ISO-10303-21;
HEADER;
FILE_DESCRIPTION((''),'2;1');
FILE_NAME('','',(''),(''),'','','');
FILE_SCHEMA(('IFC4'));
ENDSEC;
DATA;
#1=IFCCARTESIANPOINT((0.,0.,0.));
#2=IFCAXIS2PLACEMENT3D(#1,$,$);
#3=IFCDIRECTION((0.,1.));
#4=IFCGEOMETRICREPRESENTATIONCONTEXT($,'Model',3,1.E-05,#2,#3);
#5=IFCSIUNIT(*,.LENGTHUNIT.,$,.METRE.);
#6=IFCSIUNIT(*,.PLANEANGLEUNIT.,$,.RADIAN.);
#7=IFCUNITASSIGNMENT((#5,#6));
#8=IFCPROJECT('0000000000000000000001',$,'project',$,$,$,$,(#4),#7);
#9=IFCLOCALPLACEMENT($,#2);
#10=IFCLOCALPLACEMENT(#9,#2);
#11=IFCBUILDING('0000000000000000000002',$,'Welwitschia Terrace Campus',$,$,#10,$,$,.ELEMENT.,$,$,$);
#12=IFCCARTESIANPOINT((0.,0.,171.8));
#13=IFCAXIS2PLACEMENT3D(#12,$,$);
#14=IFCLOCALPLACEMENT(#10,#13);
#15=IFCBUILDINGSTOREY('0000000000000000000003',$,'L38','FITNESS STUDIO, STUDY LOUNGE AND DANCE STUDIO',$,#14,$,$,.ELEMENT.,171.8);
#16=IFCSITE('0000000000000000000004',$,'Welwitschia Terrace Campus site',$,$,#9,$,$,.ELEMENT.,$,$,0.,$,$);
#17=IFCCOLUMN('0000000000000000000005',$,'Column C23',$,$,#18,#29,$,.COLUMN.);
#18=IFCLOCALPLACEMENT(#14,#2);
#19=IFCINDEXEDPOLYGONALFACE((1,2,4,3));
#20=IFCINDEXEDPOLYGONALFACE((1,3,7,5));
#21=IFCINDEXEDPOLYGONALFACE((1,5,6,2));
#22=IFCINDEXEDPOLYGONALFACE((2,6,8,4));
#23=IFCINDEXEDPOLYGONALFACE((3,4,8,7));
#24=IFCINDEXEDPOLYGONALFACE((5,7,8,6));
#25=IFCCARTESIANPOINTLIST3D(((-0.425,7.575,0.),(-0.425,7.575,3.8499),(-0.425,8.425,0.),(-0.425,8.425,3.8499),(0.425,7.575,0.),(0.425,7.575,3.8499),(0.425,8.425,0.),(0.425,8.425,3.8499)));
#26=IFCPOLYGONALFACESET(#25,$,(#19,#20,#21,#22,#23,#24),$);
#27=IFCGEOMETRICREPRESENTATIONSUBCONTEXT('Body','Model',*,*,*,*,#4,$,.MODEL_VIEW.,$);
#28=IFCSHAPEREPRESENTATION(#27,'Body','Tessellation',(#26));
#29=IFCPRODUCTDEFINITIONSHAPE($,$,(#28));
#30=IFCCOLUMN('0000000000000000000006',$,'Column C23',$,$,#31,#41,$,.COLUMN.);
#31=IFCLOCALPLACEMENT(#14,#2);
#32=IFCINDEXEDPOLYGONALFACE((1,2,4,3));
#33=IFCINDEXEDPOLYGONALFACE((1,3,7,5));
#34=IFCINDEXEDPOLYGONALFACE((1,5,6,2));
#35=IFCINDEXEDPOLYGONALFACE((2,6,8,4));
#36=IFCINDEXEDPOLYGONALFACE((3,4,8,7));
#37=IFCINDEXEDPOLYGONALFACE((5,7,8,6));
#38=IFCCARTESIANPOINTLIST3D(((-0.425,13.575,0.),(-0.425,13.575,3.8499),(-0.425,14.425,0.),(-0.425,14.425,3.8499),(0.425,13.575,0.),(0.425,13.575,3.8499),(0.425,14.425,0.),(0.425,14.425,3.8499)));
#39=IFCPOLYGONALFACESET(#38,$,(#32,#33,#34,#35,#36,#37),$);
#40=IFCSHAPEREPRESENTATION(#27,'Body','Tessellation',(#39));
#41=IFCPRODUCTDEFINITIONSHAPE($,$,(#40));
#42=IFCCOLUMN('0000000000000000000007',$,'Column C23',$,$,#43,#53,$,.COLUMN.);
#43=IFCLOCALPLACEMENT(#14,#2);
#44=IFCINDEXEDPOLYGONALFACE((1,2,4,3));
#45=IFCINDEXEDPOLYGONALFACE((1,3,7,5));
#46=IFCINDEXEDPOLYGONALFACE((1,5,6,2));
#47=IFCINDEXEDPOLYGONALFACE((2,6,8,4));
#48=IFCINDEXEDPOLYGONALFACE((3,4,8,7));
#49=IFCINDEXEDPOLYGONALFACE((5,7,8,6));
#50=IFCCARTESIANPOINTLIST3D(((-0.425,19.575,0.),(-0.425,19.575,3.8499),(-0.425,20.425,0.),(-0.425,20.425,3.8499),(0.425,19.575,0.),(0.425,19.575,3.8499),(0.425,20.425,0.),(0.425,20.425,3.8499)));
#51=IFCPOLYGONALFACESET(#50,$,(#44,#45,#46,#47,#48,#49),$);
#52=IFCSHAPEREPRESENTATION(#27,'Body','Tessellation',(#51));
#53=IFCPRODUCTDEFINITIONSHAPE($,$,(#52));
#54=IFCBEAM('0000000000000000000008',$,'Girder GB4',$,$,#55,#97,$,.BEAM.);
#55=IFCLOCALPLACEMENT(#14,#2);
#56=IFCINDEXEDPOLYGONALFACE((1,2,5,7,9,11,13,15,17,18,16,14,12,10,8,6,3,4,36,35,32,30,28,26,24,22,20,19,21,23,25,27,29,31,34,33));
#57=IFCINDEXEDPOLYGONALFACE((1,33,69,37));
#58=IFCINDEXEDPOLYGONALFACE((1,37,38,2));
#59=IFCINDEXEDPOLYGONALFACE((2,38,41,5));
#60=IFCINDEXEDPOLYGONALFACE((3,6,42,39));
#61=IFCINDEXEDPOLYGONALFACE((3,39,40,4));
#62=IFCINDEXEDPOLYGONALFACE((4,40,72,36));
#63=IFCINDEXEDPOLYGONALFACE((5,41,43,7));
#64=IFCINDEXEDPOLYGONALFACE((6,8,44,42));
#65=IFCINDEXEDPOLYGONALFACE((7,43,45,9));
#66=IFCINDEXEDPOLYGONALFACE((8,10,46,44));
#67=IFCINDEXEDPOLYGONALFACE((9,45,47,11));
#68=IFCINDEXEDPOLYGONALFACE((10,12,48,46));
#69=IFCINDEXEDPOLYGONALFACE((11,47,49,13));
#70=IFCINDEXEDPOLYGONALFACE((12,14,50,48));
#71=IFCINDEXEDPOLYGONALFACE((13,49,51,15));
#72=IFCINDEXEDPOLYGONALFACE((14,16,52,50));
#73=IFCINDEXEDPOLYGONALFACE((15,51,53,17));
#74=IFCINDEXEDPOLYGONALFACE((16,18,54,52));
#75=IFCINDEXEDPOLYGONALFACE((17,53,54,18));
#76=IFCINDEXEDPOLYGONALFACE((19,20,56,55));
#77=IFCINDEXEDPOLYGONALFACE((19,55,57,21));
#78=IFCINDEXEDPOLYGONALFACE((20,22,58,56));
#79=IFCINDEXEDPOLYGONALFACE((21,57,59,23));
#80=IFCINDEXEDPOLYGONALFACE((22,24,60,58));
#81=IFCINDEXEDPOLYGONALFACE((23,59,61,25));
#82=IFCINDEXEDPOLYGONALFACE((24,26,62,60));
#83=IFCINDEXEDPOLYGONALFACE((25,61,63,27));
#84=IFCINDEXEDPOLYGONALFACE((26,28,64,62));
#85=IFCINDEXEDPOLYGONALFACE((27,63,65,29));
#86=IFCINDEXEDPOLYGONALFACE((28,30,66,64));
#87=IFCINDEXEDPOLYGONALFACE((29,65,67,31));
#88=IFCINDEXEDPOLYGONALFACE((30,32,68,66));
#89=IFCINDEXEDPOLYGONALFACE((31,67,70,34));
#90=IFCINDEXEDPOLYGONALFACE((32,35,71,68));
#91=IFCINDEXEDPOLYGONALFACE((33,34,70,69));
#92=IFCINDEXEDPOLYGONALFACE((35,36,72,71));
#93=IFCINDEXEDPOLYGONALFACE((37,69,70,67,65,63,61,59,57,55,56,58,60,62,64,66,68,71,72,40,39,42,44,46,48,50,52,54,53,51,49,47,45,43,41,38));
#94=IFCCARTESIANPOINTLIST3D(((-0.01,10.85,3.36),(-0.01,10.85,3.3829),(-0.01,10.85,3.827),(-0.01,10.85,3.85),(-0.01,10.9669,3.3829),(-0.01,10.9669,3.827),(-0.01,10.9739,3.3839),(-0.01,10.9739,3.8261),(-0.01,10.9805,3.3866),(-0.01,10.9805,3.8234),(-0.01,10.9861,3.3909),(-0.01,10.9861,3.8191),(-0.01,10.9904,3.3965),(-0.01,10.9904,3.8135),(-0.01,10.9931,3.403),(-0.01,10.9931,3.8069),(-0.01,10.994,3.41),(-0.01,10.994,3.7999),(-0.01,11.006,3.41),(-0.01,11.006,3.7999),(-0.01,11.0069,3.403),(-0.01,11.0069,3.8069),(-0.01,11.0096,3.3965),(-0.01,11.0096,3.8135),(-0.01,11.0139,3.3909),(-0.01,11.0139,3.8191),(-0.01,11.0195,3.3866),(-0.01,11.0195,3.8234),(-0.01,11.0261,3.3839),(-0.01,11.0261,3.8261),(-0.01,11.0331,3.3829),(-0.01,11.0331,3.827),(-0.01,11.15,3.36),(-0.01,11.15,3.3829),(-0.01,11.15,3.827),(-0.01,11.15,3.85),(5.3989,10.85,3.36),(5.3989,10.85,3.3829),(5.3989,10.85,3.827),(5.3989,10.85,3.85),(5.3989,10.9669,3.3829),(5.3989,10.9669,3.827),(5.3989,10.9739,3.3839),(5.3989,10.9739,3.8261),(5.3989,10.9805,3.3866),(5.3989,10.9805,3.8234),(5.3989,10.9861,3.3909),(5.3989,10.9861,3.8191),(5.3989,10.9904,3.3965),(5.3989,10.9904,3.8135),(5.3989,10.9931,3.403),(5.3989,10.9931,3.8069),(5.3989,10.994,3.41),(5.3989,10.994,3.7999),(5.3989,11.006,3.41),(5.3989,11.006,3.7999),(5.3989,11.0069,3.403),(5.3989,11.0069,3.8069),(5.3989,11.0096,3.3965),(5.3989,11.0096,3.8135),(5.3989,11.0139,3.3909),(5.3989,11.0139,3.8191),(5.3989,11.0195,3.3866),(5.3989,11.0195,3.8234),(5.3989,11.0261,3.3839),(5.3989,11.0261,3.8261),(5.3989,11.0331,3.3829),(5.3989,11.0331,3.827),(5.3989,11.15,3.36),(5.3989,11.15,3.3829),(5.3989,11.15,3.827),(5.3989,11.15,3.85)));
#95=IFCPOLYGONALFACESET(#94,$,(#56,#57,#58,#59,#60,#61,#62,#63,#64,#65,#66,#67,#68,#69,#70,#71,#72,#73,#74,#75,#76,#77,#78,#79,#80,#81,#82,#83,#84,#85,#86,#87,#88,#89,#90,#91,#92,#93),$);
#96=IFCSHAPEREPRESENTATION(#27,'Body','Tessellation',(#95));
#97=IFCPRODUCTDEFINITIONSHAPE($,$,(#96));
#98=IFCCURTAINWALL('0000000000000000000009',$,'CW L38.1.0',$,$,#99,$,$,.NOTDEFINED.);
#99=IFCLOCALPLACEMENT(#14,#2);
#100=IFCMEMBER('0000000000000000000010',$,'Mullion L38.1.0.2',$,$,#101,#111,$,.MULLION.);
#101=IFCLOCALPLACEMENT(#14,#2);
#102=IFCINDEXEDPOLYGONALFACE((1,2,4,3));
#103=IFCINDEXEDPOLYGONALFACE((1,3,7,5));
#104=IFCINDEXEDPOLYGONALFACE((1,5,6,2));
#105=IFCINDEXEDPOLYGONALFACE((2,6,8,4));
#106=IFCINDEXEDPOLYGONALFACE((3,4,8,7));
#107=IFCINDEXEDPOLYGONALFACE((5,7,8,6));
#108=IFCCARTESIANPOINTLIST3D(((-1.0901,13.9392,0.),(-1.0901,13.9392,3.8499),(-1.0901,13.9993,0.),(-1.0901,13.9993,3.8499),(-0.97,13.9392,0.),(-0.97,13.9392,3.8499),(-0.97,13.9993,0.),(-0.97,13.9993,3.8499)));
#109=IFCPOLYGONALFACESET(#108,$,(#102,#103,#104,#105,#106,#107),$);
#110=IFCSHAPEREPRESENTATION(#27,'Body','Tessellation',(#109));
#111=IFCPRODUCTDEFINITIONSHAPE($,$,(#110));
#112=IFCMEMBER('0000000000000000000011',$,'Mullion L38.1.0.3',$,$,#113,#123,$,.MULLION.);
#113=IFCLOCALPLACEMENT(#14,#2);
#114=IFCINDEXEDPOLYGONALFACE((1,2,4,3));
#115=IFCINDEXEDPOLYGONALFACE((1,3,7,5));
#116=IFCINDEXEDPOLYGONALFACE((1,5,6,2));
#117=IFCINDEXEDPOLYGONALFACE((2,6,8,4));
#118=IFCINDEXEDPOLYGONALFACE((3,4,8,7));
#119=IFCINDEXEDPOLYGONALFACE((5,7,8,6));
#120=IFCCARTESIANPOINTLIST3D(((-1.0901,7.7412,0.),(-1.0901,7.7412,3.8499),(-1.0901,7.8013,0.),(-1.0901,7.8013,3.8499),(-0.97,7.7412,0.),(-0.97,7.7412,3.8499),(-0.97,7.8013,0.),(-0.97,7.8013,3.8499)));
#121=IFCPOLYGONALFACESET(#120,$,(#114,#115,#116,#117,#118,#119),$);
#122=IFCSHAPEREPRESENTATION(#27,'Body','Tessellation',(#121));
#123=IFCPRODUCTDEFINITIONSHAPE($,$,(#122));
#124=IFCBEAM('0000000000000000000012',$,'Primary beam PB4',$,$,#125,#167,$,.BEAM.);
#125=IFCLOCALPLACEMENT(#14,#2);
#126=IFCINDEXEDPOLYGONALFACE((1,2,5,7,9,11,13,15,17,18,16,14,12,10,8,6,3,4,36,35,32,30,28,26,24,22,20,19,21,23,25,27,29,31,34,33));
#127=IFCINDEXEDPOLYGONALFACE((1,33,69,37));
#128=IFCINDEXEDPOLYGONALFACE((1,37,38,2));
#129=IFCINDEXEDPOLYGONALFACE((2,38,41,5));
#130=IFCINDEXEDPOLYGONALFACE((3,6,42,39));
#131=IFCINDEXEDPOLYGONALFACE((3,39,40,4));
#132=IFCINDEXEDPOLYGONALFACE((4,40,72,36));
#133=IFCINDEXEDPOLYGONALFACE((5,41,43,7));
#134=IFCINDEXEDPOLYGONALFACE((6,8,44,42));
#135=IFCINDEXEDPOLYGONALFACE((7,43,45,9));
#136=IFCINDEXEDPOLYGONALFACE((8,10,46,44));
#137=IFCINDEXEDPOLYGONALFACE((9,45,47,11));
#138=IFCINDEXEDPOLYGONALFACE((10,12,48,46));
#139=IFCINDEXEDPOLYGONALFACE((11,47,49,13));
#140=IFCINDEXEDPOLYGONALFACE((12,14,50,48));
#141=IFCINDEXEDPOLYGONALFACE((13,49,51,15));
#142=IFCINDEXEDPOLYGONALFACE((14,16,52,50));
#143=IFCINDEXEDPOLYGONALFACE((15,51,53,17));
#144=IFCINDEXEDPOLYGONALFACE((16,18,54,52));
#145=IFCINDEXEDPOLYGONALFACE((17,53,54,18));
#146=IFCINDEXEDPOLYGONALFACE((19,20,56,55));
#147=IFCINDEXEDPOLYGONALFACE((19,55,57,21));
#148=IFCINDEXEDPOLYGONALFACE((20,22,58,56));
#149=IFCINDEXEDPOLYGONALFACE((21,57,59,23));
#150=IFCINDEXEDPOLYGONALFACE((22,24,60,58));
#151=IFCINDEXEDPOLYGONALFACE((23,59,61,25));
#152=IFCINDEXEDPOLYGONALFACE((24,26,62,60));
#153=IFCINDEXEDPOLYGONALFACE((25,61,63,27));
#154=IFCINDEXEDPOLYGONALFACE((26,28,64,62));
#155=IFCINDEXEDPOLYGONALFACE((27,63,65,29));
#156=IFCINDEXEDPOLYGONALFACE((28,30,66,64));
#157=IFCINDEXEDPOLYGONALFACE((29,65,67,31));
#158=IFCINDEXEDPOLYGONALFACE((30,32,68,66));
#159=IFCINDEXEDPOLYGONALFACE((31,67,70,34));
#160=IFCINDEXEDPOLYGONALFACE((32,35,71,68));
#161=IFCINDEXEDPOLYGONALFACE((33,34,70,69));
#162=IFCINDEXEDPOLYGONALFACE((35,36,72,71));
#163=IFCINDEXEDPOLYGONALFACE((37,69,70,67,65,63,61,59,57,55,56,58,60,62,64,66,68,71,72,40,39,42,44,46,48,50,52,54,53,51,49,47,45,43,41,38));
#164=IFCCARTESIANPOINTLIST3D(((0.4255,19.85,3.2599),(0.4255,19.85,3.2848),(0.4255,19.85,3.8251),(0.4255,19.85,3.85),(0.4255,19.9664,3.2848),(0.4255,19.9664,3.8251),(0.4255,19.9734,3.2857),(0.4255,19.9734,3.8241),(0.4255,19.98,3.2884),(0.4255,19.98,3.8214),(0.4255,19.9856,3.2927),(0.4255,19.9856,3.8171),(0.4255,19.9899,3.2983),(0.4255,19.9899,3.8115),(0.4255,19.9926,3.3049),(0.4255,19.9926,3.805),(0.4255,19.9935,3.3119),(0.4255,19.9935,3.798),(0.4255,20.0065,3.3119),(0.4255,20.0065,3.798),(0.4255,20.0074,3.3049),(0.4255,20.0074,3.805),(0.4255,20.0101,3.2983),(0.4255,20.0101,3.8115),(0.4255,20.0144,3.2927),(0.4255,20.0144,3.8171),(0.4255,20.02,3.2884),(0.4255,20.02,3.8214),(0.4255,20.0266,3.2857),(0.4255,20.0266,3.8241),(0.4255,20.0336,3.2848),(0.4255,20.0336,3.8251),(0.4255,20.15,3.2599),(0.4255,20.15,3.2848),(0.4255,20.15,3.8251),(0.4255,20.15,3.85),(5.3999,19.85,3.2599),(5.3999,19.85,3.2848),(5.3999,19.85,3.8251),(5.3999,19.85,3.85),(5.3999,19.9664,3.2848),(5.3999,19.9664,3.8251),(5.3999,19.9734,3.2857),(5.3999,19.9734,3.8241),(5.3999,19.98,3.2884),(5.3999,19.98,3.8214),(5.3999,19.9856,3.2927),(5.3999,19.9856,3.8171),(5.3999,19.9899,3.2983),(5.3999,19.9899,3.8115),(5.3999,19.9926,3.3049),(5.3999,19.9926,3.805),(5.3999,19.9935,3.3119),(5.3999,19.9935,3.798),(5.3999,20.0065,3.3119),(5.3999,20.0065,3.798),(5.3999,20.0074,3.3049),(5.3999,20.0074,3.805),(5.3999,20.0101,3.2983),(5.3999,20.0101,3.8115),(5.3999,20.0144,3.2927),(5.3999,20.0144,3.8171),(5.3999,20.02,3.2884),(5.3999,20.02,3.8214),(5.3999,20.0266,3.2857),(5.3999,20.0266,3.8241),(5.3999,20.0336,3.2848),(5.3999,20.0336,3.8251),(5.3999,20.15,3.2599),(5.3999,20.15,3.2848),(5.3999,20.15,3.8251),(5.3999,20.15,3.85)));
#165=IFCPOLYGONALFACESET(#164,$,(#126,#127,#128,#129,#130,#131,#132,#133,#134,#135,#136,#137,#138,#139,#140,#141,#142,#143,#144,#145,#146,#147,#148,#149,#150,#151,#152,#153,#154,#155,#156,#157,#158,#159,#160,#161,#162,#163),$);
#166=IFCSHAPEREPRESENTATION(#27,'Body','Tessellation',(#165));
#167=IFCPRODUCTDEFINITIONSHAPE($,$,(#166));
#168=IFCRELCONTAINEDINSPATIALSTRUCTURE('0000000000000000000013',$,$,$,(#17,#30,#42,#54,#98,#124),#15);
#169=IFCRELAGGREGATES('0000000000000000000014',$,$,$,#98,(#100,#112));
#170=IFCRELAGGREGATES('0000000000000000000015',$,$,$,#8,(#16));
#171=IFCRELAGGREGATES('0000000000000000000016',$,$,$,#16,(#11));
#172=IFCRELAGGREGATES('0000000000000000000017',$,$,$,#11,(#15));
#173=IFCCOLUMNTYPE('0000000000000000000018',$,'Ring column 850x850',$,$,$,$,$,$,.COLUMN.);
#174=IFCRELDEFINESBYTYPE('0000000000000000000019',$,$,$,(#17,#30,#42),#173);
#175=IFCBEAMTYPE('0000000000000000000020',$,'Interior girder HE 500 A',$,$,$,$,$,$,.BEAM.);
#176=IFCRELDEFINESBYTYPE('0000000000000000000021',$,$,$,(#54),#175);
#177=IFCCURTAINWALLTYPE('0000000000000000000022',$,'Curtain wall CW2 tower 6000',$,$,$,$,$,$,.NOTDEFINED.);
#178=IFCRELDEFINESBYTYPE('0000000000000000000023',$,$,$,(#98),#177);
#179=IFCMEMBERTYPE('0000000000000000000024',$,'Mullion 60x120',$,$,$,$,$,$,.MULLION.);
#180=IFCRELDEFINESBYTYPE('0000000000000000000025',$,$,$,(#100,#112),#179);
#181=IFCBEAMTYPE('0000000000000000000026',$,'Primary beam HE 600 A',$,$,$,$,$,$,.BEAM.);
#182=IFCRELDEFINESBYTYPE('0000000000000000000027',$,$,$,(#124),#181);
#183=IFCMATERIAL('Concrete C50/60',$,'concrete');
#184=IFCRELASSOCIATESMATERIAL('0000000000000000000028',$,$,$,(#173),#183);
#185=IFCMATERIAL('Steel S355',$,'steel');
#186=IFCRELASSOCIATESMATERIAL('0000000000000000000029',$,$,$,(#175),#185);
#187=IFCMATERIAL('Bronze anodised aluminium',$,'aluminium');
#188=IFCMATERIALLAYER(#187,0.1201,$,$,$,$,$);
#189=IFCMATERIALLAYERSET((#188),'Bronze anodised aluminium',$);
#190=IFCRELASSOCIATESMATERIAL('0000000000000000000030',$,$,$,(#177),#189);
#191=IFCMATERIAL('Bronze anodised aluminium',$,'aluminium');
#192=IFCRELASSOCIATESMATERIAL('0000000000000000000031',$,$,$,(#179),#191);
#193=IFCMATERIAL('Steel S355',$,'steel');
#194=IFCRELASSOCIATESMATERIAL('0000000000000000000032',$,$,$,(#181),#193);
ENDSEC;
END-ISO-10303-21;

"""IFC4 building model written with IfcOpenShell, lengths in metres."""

from ifc_helpers import new_model, si_unit, direction, frame, origin, origin_2d, place, context, subcontext, project, spatial, rectangle, i_section, extrude, material, layer, layer_set, material_profile, profile_set, type_object, element, aggregate, save


model = new_model("IFC4")

# Units and contexts
model_context = context("Model", 3, precision=1e-05, world=origin(), true_north=direction((0.0, 1.0)))
body_context = subcontext(model_context, "Body", "Model", "MODEL_VIEW")
ifc_project = project(units=[si_unit("LENGTHUNIT", "METRE"), si_unit("PLANEANGLEUNIT", "RADIAN")], contexts=[model_context])

# Site, building, storey
site_placement = place(None, origin())
site = spatial("IfcSite", under=ifc_project, at=site_placement, Name="Welwitschia Terrace Campus site", CompositionType="ELEMENT", RefElevation=0.0)
building_placement = place(site_placement, origin())
building = spatial("IfcBuilding", under=site, at=building_placement, Name="Welwitschia Terrace Campus", CompositionType="ELEMENT")
storey_placement = place(building_placement, frame((0.0, 0.0, 171.8)))
storey = spatial("IfcBuildingStorey", under=building, at=storey_placement, Name="L38", Description="FITNESS STUDIO, STUDY LOUNGE AND DANCE STUDIO", CompositionType="ELEMENT", Elevation=171.8)

# Columns
ifc_material_1 = material(Name="Concrete C50/60", Category="concrete")
ifc_material_profile_1 = material_profile(ifc_material_1, rectangle(XDim=0.8501, YDim=0.8501, at=origin_2d()))
ifc_profile_set_1 = profile_set([ifc_material_profile_1], Name="Concrete C50/60")
column_type = type_object("IfcColumnType", Name="Ring column 850x850", PredefinedType="COLUMN", material=ifc_profile_set_1)
for number, where, z_axis, x_axis, name in (
    (1, (0.0, 8.0, 0.0), (0.0, 0.0, 1.0), (1.0, 0.0, 0.0), "Column C23"),
    (2, (0.0, 14.0, 0.0), (0.0, 0.0, 1.0), (1.0, 0.0, 0.0), "Column C23"),
    (3, (0.0, 20.0, 0.0), (0.0, 0.0, 1.0), (1.0, 0.0, 0.0), "Column C23"),
):
    element("IfcColumn", number, at=place(storey_placement, frame(where, z_axis=z_axis, x_axis=x_axis)), inside=storey, type_object=column_type, Name=name, PredefinedType="COLUMN", context=body_context, shape_type="SweptSolid", body=[
        extrude(rectangle(XDim=0.8501, YDim=0.8501, at=origin_2d()), origin(), (0.0, 0.0, 1.0), 3.8499),
    ])

# Beam
ifc_material_2 = material(Name="Steel S355", Category="steel")
ifc_material_profile_2 = material_profile(ifc_material_2, i_section(OverallWidth=0.3, OverallDepth=0.49, WebThickness=0.012, FlangeThickness=0.0229, FilletRadius=0.0271, at=origin_2d()))
ifc_profile_set_2 = profile_set([ifc_material_profile_2], Name="Steel S355")
beam_type_1 = type_object("IfcBeamType", Name="Interior girder HE 500 A", PredefinedType="BEAM", material=ifc_profile_set_2)
beam_1_placement = place(storey_placement, frame((-0.01, 11.0, 3.605), z_axis=(1.0, 0.0, 0.0), x_axis=(0.0, 1.0, 0.0)))
element("IfcBeam", 4, at=beam_1_placement, inside=storey, type_object=beam_type_1, Name="Girder GB4", PredefinedType="BEAM", context=body_context, shape_type="SweptSolid", body=[
    extrude(i_section(OverallWidth=0.3, OverallDepth=0.49, WebThickness=0.012, FlangeThickness=0.0229, FilletRadius=0.0271, at=origin_2d()), origin(), (0.0, 0.0, 1.0), 5.4089),
])

# Curtain wall, members
ifc_material_3 = material(Name="Bronze anodised aluminium", Category="aluminium")
ifc_layer_1 = layer(ifc_material_3, 0.1201)
ifc_layer_set_1 = layer_set([ifc_layer_1], Name="Bronze anodised aluminium")
curtain_wall_type = type_object("IfcCurtainWallType", Name="Curtain wall CW2 tower 6000", PredefinedType="NOTDEFINED", material=ifc_layer_set_1)
curtain_wall_placement = place(storey_placement, origin())
curtain_wall = element("IfcCurtainWall", 5, at=curtain_wall_placement, inside=storey, type_object=curtain_wall_type, Name="CW L38.1.0", PredefinedType="NOTDEFINED")
ifc_material_4 = material(Name="Bronze anodised aluminium", Category="aluminium")
ifc_material_profile_3 = material_profile(ifc_material_4, rectangle(XDim=0.1201, YDim=0.0601, at=origin_2d()))
ifc_profile_set_3 = profile_set([ifc_material_profile_3], Name="Bronze anodised aluminium")
member_type = type_object("IfcMemberType", Name="Mullion 60x120", PredefinedType="MULLION", material=ifc_profile_set_3)
member_1_placement = place(storey_placement, frame((-1.03, 13.9692, 0.0), z_axis=(0.0, 0.0, 1.0), x_axis=(1.0, 0.0, 0.0)))
member_1 = element("IfcMember", 6, at=member_1_placement, type_object=member_type, Name="Mullion L38.1.0.2", PredefinedType="MULLION", context=body_context, shape_type="SweptSolid", body=[
    extrude(rectangle(XDim=0.1201, YDim=0.0601, at=origin_2d()), origin(), (0.0, 0.0, 1.0), 3.8499),
])
member_2_placement = place(storey_placement, frame((-1.03, 7.7712, 0.0), z_axis=(0.0, 0.0, 1.0), x_axis=(1.0, 0.0, 0.0)))
member_2 = element("IfcMember", 7, at=member_2_placement, type_object=member_type, Name="Mullion L38.1.0.3", PredefinedType="MULLION", context=body_context, shape_type="SweptSolid", body=[
    extrude(rectangle(XDim=0.1201, YDim=0.0601, at=origin_2d()), origin(), (0.0, 0.0, 1.0), 3.8499),
])

# Beam
ifc_material_5 = material(Name="Steel S355", Category="steel")
ifc_material_profile_4 = material_profile(ifc_material_5, i_section(OverallWidth=0.3, OverallDepth=0.5901, WebThickness=0.0129, FlangeThickness=0.0249, FilletRadius=0.0271, at=origin_2d()))
ifc_profile_set_4 = profile_set([ifc_material_profile_4], Name="Steel S355")
beam_type_2 = type_object("IfcBeamType", Name="Primary beam HE 600 A", PredefinedType="BEAM", material=ifc_profile_set_4)
for number, where, z_axis, x_axis, name in (
    (8, (0.4255, 20.0, 3.5549), (1.0, 0.0, 0.0), (0.0, 1.0, 0.0), "Primary beam PB4"),
):
    element("IfcBeam", number, at=place(storey_placement, frame(where, z_axis=z_axis, x_axis=x_axis)), inside=storey, type_object=beam_type_2, Name=name, PredefinedType="BEAM", context=body_context, shape_type="SweptSolid", body=[
        extrude(i_section(OverallWidth=0.3, OverallDepth=0.5901, WebThickness=0.0129, FlangeThickness=0.0249, FilletRadius=0.0271, at=origin_2d()), origin(), (0.0, 0.0, 1.0), 4.9744),
    ])

aggregate(curtain_wall, [member_1, member_2])

save(model, "model.ifc")
